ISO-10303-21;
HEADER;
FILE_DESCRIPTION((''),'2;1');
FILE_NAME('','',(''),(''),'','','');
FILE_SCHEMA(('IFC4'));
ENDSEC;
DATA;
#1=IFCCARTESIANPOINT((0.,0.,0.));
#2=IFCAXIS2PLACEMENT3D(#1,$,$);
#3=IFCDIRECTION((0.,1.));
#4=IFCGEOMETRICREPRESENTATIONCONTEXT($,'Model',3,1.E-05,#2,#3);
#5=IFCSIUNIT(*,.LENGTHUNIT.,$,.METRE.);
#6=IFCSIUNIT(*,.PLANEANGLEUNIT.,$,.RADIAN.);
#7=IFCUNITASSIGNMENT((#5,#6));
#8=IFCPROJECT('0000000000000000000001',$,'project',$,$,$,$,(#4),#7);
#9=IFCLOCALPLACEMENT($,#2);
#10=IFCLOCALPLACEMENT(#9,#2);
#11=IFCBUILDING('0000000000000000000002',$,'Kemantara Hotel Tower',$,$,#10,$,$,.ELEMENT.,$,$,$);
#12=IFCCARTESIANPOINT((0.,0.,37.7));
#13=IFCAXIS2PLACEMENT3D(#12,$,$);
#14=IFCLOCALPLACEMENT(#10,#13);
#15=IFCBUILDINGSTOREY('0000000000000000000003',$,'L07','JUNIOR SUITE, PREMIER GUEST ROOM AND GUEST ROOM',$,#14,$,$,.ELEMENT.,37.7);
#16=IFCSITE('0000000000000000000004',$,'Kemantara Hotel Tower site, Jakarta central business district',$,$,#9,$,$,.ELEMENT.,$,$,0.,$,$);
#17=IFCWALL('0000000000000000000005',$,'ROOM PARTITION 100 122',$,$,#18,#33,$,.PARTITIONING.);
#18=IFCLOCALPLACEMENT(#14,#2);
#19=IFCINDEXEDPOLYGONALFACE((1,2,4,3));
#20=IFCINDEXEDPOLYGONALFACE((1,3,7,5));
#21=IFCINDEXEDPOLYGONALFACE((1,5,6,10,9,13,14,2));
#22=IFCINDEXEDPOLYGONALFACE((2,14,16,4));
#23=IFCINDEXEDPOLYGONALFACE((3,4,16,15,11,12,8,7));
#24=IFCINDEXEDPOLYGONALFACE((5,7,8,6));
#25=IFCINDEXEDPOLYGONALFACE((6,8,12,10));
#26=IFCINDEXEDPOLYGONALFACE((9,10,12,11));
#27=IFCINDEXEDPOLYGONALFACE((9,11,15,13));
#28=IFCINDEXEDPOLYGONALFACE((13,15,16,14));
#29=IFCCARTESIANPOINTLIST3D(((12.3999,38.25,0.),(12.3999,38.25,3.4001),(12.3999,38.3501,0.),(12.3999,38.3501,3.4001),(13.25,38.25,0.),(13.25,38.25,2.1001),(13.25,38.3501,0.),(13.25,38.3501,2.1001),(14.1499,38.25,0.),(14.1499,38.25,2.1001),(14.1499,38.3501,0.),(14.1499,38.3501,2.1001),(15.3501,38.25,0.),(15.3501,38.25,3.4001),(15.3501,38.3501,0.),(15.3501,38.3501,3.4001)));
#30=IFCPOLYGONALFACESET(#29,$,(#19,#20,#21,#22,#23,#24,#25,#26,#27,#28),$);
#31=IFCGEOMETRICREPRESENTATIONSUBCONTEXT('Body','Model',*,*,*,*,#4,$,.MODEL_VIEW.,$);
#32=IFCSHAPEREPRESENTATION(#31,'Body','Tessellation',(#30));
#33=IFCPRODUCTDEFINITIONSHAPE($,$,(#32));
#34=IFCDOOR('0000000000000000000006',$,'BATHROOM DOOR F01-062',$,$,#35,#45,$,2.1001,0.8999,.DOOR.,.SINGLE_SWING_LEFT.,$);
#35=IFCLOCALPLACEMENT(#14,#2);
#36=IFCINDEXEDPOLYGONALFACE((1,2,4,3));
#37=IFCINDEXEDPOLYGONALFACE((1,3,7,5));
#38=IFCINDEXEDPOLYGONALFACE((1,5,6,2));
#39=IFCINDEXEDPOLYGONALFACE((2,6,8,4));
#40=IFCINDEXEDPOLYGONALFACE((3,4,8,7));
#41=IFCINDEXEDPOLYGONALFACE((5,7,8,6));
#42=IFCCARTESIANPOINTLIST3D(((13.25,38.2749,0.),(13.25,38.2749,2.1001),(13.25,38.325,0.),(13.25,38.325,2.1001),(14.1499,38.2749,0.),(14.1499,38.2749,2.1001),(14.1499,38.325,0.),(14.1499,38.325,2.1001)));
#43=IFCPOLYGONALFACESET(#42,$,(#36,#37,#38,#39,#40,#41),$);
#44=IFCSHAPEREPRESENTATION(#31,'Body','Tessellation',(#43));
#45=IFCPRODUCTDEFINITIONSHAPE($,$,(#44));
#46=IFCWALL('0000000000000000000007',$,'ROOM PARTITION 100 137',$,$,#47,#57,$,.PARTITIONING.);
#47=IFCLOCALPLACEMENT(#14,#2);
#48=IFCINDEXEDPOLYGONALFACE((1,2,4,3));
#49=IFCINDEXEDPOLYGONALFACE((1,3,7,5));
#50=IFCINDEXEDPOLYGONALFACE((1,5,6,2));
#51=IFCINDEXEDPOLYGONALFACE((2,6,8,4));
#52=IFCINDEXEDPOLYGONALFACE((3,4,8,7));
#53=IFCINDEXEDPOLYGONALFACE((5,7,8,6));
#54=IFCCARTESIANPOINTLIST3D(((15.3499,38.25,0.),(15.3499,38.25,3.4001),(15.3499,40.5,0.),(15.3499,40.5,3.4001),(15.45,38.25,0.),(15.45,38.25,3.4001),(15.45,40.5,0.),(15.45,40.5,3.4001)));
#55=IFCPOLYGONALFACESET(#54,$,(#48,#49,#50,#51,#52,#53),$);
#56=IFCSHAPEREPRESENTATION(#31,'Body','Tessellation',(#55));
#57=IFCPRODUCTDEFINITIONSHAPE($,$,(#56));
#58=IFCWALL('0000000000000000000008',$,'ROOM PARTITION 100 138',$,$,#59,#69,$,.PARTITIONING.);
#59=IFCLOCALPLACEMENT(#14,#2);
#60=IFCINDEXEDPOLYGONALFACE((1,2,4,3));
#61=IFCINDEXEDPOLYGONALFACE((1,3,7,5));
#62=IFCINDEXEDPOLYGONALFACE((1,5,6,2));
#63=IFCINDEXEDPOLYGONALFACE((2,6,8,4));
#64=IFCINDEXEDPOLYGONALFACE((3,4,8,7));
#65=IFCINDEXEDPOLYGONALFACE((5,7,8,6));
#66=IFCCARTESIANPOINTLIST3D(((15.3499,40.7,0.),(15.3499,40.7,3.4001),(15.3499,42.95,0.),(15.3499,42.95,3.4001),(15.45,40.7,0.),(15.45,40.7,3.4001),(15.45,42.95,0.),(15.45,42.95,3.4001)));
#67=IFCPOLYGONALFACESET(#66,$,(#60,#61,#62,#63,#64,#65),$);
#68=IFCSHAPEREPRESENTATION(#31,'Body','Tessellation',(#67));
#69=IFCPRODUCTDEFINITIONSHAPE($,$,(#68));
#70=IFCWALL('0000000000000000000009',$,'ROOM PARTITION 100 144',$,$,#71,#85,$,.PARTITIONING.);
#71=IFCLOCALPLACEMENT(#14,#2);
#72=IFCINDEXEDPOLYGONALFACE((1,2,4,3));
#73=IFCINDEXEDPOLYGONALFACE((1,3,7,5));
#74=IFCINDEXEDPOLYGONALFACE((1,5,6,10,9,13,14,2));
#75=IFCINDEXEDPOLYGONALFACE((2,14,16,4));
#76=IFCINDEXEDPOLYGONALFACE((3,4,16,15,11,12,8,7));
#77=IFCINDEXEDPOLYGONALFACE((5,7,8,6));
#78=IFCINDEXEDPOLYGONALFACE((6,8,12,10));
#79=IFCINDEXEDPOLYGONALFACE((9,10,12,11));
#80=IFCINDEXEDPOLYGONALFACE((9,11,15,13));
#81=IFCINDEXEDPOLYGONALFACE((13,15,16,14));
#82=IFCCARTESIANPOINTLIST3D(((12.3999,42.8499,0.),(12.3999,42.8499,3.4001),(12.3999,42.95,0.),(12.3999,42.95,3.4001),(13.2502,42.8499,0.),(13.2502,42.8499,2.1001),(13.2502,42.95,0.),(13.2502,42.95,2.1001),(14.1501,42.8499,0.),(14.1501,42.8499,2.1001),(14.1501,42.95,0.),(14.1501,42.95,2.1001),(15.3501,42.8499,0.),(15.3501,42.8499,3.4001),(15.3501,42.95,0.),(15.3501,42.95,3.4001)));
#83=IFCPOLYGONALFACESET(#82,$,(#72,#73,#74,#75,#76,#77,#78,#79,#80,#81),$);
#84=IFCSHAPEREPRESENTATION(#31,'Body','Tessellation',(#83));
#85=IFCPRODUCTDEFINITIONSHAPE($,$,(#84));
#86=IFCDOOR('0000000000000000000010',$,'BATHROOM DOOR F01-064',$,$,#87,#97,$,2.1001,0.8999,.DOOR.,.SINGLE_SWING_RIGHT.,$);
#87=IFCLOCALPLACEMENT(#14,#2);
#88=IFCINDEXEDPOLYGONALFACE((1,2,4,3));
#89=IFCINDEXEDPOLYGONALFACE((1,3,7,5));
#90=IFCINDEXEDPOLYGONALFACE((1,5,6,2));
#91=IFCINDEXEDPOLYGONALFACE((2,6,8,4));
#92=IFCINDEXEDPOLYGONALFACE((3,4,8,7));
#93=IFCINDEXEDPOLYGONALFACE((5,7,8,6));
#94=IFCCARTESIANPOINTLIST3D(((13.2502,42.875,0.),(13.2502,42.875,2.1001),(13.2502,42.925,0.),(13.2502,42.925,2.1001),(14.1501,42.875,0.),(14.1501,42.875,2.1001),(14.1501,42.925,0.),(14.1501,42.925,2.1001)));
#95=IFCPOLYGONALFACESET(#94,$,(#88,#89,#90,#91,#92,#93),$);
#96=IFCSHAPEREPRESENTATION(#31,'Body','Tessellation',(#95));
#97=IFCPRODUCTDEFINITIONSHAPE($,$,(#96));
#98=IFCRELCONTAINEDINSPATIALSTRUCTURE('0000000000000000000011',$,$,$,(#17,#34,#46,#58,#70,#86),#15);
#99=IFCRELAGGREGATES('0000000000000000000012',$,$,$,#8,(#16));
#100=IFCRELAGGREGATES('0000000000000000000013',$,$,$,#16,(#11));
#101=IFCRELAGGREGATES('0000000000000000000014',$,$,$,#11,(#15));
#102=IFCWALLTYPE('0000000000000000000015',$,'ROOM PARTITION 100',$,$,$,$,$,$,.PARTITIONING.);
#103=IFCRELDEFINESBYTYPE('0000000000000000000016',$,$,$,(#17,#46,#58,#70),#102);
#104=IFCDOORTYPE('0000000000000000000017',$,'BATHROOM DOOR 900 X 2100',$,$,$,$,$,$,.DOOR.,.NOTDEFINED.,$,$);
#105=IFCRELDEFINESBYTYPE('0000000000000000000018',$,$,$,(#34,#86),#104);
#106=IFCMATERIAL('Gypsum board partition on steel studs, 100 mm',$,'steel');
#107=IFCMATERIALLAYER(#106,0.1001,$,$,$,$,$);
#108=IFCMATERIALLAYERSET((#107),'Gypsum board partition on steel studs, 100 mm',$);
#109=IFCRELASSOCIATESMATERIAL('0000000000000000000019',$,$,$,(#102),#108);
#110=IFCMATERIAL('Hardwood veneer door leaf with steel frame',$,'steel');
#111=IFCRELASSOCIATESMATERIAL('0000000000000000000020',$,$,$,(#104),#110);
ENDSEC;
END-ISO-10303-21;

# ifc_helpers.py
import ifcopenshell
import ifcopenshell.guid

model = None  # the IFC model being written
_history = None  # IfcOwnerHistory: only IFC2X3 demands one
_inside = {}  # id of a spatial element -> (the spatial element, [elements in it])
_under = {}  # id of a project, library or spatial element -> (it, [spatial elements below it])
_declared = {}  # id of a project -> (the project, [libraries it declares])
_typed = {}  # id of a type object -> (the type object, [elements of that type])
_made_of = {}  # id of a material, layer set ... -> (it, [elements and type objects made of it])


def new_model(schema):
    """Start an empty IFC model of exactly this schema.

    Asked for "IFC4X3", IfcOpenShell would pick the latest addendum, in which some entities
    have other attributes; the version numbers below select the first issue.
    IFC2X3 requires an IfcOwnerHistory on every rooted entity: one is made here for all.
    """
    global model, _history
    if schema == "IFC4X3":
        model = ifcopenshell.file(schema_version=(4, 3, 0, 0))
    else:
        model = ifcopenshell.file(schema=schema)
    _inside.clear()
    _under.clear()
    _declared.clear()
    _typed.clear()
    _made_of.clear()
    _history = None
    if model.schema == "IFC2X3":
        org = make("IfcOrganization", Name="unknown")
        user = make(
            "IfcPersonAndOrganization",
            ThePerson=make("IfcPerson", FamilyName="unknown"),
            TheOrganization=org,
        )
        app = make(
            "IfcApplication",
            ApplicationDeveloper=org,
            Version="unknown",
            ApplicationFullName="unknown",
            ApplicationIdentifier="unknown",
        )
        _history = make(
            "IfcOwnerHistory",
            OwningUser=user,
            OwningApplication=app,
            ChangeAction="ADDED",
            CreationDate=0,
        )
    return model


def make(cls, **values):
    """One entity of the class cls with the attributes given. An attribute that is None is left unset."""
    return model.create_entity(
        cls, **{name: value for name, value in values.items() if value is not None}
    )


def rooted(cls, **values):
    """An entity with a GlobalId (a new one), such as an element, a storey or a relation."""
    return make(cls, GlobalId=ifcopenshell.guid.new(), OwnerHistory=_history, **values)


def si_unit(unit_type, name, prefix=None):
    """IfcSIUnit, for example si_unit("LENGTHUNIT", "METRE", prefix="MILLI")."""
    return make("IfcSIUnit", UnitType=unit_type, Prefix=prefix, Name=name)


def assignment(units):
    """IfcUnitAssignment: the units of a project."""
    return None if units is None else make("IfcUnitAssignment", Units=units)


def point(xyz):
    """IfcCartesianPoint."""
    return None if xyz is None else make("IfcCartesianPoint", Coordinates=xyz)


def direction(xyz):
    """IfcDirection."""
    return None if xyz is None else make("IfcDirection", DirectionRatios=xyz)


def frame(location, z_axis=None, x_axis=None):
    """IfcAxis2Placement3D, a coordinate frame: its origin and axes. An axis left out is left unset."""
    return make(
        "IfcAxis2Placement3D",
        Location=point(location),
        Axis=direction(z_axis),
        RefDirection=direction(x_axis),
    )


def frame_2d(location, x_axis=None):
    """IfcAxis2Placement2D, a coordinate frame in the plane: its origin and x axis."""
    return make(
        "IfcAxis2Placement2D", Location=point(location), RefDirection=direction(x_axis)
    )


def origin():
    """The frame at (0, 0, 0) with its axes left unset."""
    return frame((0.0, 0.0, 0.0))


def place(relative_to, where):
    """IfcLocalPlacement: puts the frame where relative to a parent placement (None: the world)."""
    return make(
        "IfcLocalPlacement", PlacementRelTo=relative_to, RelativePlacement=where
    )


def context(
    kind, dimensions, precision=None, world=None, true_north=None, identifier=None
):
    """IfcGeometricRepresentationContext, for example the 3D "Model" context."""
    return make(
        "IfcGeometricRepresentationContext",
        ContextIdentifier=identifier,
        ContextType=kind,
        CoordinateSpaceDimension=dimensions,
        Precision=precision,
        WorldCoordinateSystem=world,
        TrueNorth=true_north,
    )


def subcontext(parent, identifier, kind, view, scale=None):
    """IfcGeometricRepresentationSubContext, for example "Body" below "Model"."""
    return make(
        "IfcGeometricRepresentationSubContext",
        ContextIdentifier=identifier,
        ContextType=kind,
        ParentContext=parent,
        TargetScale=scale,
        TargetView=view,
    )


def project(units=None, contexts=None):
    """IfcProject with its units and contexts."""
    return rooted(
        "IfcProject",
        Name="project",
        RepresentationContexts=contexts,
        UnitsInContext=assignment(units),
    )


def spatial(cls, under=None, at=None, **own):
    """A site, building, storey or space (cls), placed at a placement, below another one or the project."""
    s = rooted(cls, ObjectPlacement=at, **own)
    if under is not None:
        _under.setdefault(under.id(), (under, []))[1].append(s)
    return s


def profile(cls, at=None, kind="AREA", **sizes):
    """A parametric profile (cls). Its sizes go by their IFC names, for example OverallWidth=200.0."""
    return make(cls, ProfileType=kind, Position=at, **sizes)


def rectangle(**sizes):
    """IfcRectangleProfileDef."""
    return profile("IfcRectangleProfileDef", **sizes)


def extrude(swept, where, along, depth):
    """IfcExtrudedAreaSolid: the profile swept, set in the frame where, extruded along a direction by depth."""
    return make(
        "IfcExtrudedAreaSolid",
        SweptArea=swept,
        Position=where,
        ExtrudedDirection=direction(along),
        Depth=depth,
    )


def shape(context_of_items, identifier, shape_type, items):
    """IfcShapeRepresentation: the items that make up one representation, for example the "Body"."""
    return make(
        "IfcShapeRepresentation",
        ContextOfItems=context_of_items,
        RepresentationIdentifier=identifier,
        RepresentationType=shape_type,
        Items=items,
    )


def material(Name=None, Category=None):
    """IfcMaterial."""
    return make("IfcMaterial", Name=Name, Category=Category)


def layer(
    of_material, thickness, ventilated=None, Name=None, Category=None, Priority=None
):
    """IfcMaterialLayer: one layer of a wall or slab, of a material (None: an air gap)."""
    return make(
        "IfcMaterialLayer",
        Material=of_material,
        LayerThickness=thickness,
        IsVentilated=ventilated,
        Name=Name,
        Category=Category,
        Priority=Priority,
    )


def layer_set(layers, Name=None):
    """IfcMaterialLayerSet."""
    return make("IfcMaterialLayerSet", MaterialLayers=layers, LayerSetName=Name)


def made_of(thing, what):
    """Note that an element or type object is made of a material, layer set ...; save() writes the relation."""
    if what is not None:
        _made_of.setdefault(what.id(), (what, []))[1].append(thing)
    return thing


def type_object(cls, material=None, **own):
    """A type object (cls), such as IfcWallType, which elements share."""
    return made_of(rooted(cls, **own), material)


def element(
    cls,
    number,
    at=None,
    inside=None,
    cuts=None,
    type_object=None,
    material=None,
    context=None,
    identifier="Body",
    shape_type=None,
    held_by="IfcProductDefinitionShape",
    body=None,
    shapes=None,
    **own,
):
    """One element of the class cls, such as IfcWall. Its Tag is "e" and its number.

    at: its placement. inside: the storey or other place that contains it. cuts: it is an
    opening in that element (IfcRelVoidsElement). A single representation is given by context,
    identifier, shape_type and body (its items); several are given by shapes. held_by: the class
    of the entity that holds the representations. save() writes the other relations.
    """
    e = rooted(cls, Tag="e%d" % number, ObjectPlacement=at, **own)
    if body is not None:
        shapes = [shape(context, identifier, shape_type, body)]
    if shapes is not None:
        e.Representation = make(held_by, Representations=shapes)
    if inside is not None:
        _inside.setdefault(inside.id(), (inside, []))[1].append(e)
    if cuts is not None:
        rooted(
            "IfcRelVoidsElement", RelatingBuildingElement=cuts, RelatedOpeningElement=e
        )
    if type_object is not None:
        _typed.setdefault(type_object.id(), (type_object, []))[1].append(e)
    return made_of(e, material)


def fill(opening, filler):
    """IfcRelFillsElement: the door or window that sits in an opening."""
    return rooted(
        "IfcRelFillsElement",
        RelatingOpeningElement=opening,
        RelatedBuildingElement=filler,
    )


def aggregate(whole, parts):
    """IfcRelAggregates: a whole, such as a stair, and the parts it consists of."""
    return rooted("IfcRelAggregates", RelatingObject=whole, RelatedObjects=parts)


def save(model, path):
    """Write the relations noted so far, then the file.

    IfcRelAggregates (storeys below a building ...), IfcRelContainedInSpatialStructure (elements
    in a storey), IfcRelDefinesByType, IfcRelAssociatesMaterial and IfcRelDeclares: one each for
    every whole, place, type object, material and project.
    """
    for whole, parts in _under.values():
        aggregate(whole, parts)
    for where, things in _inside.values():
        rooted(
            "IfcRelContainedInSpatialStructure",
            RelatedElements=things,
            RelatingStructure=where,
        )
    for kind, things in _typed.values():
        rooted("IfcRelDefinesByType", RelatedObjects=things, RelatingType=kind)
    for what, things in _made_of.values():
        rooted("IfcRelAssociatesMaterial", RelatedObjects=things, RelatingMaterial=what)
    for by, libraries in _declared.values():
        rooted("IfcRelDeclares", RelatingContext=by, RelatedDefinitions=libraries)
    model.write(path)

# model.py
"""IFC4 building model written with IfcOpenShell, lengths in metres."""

from ifc_helpers import new_model, si_unit, direction, frame, frame_2d, origin, place, context, subcontext, project, spatial, rectangle, extrude, material, layer, layer_set, type_object, element, fill, save


model = new_model("IFC4")

# Units and contexts
model_context = context("Model", 3, precision=1e-05, world=origin(), true_north=direction((0.0, 1.0)))
body_context = subcontext(model_context, "Body", "Model", "MODEL_VIEW")
ifc_project = project(units=[si_unit("LENGTHUNIT", "METRE"), si_unit("PLANEANGLEUNIT", "RADIAN")], contexts=[model_context])

# Site, building, storey
site_placement = place(None, origin())
site = spatial("IfcSite", under=ifc_project, at=site_placement, Name="Kemantara Hotel Tower site, Jakarta central business district", CompositionType="ELEMENT", RefElevation=0.0)
building_placement = place(site_placement, origin())
building = spatial("IfcBuilding", under=site, at=building_placement, Name="Kemantara Hotel Tower", CompositionType="ELEMENT")
storey_placement = place(building_placement, frame((0.0, 0.0, 37.7)))
storey = spatial("IfcBuildingStorey", under=building, at=storey_placement, Name="L07", Description="JUNIOR SUITE, PREMIER GUEST ROOM AND GUEST ROOM", CompositionType="ELEMENT", Elevation=37.7)

# Shared definitions
ifc_material_1 = material(Name="Hardwood veneer door leaf with steel frame", Category="steel")

# Wall, opening, door
ifc_material_2 = material(Name="Gypsum board partition on steel studs, 100 mm", Category="steel")
ifc_layer_1 = layer(ifc_material_2, 0.1001)
ifc_layer_set_1 = layer_set([ifc_layer_1], Name="Gypsum board partition on steel studs, 100 mm")
wall_type_1 = type_object("IfcWallType", Name="ROOM PARTITION 100", PredefinedType="PARTITIONING", material=ifc_layer_set_1)
wall_1_placement = place(storey_placement, frame((12.3999, 38.3, 0.0), z_axis=(0.0, 0.0, 1.0), x_axis=(1.0, 0.0, 0.0)))
wall_1 = element("IfcWall", 1, at=wall_1_placement, inside=storey, type_object=wall_type_1, Name="ROOM PARTITION 100 122", PredefinedType="PARTITIONING", context=body_context, shape_type="SweptSolid", body=[
    extrude(rectangle(XDim=2.9502, YDim=0.1001, at=frame_2d((1.4751, 0.0))), origin(), (0.0, 0.0, 1.0), 3.4001),
])
opening_1_placement = place(wall_1_placement, frame((0.8501, 0.0, 0.0)))
opening_1 = element("IfcOpeningElement", 2, at=opening_1_placement, cuts=wall_1, PredefinedType="OPENING", context=body_context, shape_type="SweptSolid", body=[
    extrude(rectangle(XDim=0.8999, YDim=2.1001, at=frame_2d((0.45, 1.05))), frame((0.0, 0.0601, 0.0), z_axis=(0.0, -1.0, 0.0), x_axis=(1.0, 0.0, 0.0)), (0.0, 0.0, 1.0), 0.1201),
])
door_type_1 = type_object("IfcDoorType", Name="BATHROOM DOOR 900 X 2100", OperationType="NOTDEFINED", PredefinedType="DOOR", material=ifc_material_1)
door_1_placement = place(opening_1_placement, origin())
door_1 = element("IfcDoor", 3, at=door_1_placement, inside=storey, type_object=door_type_1, Name="BATHROOM DOOR F01-062", OperationType="SINGLE_SWING_LEFT", OverallHeight=2.1001, OverallWidth=0.8999, PredefinedType="DOOR", context=body_context, shape_type="SweptSolid", body=[
    extrude(rectangle(XDim=0.8999, YDim=2.1001, at=frame_2d((0.45, 1.05))), frame((0.0, 0.0249, 0.0), z_axis=(0.0, -1.0, 0.0), x_axis=(1.0, 0.0, 0.0)), (0.0, 0.0, 1.0), 0.05),
])
fill(opening_1, door_1)

# Walls
for number, where, z_axis, x_axis, name in (
    (4, (15.3999, 38.25, 0.0), (0.0, 0.0, 1.0), (0.0, 1.0, 0.0), "ROOM PARTITION 100 137"),
    (5, (15.3999, 40.7, 0.0), (0.0, 0.0, 1.0), (0.0, 1.0, 0.0), "ROOM PARTITION 100 138"),
):
    element("IfcWall", number, at=place(storey_placement, frame(where, z_axis=z_axis, x_axis=x_axis)), inside=storey, type_object=wall_type_1, Name=name, PredefinedType="PARTITIONING", context=body_context, shape_type="SweptSolid", body=[
        extrude(rectangle(XDim=2.25, YDim=0.1001, at=frame_2d((1.125, 0.0))), origin(), (0.0, 0.0, 1.0), 3.4001),
    ])

# Wall, opening, door
wall_2_placement = place(storey_placement, frame((15.3501, 42.8999, 0.0), z_axis=(0.0, 0.0, 1.0), x_axis=(-1.0, 0.0, 0.0)))
wall_2 = element("IfcWall", 6, at=wall_2_placement, inside=storey, type_object=wall_type_1, Name="ROOM PARTITION 100 144", PredefinedType="PARTITIONING", context=body_context, shape_type="SweptSolid", body=[
    extrude(rectangle(XDim=2.9502, YDim=0.1001, at=frame_2d((1.4751, 0.0))), origin(), (0.0, 0.0, 1.0), 3.4001),
])
opening_2_placement = place(wall_2_placement, frame((1.2, 0.0, 0.0)))
opening_2 = element("IfcOpeningElement", 7, at=opening_2_placement, cuts=wall_2, PredefinedType="OPENING", context=body_context, shape_type="SweptSolid", body=[
    extrude(rectangle(XDim=0.8999, YDim=2.1001, at=frame_2d((0.45, 1.05))), frame((0.0, 0.0601, 0.0), z_axis=(0.0, -1.0, 0.0), x_axis=(1.0, 0.0, 0.0)), (0.0, 0.0, 1.0), 0.1201),
])
door_2_placement = place(opening_2_placement, origin())
door_2 = element("IfcDoor", 8, at=door_2_placement, inside=storey, type_object=door_type_1, Name="BATHROOM DOOR F01-064", OperationType="SINGLE_SWING_RIGHT", OverallHeight=2.1001, OverallWidth=0.8999, PredefinedType="DOOR", context=body_context, shape_type="SweptSolid", body=[
    extrude(rectangle(XDim=0.8999, YDim=2.1001, at=frame_2d((0.45, 1.05))), frame((0.0, 0.0249, 0.0), z_axis=(0.0, -1.0, 0.0), x_axis=(1.0, 0.0, 0.0)), (0.0, 0.0, 1.0), 0.05),
])
fill(opening_2, door_2)

save(model, "model.ifc")
